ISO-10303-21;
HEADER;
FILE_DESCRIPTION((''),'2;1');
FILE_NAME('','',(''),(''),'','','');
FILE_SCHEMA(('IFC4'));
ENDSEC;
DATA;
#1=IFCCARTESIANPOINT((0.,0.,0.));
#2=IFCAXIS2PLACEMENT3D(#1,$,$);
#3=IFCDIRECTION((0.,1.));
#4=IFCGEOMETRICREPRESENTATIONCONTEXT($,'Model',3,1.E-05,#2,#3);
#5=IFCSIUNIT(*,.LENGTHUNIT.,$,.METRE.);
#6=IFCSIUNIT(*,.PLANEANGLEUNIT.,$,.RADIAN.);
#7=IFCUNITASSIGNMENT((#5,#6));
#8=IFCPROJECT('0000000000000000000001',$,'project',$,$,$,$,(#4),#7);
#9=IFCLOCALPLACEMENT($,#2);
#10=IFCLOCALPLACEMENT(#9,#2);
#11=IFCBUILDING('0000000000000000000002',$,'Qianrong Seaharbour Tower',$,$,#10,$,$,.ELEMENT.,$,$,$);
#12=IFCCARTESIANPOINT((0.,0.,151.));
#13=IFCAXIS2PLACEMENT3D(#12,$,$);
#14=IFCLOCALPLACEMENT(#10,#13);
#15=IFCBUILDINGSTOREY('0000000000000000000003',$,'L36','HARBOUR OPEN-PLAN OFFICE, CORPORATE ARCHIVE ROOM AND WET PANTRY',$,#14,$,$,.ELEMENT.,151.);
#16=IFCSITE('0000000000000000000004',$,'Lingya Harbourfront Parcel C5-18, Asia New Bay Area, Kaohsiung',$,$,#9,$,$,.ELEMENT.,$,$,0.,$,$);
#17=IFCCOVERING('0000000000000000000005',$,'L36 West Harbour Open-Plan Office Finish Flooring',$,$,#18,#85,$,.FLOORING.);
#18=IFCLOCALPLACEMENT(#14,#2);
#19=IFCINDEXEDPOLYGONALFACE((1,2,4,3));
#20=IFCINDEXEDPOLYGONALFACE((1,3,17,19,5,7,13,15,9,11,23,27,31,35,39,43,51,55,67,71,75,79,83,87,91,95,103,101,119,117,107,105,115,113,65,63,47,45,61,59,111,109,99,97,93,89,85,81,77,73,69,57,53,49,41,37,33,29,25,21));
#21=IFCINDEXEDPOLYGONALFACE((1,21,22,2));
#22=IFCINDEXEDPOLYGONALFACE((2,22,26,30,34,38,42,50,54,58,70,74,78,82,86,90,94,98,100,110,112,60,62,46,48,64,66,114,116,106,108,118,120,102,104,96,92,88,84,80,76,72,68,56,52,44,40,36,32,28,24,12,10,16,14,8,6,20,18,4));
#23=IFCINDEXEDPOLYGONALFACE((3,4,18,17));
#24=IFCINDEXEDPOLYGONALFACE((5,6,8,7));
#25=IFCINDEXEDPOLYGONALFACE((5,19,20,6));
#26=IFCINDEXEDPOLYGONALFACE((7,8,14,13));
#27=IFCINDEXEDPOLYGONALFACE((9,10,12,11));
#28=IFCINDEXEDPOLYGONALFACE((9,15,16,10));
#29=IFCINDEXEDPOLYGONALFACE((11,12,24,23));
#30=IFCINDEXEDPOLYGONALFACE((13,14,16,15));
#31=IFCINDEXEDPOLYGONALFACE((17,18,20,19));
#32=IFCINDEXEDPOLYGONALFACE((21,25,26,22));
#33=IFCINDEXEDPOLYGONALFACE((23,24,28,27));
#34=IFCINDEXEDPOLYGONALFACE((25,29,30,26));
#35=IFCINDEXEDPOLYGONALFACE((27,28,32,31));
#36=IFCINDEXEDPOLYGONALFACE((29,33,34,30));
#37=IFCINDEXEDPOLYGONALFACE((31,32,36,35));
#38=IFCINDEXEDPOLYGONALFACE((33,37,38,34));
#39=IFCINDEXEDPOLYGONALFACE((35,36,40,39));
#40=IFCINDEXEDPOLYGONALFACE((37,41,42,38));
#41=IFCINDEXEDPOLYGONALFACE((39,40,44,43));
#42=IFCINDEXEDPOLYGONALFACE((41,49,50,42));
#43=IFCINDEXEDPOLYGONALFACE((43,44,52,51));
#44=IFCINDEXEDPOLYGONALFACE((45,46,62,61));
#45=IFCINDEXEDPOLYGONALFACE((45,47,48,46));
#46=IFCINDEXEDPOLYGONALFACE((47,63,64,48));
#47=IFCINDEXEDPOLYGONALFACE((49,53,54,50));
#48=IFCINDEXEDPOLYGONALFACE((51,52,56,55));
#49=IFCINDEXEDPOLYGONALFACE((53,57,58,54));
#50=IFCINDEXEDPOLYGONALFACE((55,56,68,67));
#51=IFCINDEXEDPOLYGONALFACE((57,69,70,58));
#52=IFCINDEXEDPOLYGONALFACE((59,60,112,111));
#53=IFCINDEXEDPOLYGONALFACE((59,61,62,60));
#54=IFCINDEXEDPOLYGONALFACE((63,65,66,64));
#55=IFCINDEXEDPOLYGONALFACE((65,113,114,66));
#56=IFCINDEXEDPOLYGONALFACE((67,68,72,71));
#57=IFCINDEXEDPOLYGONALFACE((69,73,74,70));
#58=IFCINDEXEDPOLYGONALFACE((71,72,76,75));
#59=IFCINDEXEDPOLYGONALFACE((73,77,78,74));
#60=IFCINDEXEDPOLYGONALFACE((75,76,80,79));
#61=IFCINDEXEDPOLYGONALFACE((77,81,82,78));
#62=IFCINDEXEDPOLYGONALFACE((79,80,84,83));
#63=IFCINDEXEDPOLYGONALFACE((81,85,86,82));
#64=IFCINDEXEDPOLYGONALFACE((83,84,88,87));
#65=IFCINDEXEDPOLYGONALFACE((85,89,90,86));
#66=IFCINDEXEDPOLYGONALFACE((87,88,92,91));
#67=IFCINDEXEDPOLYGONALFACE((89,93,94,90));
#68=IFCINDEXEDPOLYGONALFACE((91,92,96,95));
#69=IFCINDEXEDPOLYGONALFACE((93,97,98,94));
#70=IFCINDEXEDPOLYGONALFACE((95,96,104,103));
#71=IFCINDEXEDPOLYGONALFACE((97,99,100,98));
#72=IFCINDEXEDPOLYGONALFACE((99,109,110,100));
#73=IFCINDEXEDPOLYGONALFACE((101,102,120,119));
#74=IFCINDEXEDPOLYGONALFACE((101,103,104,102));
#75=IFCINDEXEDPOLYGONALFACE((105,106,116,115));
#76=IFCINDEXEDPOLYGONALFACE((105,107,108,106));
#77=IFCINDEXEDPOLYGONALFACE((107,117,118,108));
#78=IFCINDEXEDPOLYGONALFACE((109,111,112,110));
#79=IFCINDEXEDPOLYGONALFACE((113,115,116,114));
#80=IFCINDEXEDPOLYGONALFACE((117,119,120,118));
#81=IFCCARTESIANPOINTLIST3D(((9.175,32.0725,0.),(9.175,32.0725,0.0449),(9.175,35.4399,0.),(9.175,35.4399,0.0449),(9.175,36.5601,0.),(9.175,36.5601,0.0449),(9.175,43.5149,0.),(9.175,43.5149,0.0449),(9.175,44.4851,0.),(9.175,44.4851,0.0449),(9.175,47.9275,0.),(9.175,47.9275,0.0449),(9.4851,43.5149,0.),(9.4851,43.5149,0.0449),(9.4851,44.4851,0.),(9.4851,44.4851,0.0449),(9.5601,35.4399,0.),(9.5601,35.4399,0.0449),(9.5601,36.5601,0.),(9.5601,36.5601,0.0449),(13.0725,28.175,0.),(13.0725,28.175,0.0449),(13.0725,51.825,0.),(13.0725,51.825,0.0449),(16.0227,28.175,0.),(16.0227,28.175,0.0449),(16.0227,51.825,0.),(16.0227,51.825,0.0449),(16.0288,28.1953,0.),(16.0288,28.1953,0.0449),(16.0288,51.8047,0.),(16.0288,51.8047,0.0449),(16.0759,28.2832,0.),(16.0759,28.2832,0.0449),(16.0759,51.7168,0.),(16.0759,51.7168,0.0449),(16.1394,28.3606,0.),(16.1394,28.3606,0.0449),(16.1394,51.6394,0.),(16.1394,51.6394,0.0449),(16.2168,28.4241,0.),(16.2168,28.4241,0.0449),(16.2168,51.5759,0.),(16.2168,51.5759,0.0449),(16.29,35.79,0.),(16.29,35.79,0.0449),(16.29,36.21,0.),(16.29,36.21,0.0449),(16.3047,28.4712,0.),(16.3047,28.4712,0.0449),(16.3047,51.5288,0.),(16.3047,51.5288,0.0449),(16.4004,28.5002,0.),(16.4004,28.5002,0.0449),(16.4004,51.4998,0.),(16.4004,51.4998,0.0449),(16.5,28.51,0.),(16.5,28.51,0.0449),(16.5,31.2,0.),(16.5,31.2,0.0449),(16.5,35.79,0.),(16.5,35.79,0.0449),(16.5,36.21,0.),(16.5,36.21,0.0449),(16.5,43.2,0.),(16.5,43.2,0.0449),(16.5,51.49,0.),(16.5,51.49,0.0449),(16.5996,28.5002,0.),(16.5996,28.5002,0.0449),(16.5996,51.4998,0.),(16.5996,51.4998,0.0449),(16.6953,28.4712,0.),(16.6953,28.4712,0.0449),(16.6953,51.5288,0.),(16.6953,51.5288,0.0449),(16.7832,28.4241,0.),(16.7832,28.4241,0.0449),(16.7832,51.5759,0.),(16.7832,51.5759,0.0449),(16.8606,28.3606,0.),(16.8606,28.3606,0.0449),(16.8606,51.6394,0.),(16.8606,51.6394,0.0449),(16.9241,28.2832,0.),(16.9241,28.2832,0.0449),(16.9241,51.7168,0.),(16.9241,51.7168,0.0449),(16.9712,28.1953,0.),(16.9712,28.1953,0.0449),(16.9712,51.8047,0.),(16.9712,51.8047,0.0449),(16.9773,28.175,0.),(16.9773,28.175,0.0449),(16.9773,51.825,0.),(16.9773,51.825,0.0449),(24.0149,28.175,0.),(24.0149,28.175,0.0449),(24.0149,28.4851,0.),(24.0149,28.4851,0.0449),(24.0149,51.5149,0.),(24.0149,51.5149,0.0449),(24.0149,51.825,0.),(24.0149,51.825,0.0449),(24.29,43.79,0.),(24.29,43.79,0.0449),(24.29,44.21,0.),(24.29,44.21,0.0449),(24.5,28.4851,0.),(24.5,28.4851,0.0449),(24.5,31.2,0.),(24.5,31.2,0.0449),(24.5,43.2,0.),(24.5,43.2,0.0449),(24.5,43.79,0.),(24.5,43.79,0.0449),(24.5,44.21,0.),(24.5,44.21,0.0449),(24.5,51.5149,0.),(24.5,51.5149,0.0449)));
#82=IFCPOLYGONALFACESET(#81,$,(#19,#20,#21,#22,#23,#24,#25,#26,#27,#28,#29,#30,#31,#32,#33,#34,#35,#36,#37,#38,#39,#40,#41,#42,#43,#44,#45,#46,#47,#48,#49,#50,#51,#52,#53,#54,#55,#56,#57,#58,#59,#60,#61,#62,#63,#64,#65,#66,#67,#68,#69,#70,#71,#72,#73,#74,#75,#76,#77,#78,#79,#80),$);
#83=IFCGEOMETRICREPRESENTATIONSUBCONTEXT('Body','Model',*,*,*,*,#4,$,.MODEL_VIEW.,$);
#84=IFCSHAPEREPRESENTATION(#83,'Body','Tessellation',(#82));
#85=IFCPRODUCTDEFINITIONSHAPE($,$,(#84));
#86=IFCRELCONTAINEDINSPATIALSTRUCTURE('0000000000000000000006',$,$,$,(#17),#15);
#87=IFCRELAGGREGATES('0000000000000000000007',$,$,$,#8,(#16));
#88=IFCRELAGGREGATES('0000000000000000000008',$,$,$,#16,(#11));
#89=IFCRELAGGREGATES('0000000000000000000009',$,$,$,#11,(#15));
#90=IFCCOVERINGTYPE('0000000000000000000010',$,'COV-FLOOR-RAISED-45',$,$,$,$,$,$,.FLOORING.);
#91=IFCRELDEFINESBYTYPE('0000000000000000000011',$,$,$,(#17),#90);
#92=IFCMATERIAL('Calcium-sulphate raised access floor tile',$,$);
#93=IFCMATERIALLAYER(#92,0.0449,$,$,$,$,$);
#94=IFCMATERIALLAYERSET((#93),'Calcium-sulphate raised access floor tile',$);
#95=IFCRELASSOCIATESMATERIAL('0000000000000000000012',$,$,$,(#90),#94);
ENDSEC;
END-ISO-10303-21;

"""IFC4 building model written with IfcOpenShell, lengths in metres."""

from ifc_helpers import new_model, si_unit, direction, frame, origin, place, context, subcontext, project, spatial, polyline, outline, extrude, material, layer, layer_set, type_object, element, save


model = new_model("IFC4")

# Units and contexts
model_context = context("Model", 3, precision=1e-05, world=origin(), true_north=direction((0.0, 1.0)))
body_context = subcontext(model_context, "Body", "Model", "MODEL_VIEW")
ifc_project = project(units=[si_unit("LENGTHUNIT", "METRE"), si_unit("PLANEANGLEUNIT", "RADIAN")], contexts=[model_context])

# Site, building, storey
site_placement = place(None, origin())
site = spatial("IfcSite", under=ifc_project, at=site_placement, Name="Lingya Harbourfront Parcel C5-18, Asia New Bay Area, Kaohsiung", CompositionType="ELEMENT", RefElevation=0.0)
building_placement = place(site_placement, origin())
building = spatial("IfcBuilding", under=site, at=building_placement, Name="Qianrong Seaharbour Tower", CompositionType="ELEMENT")
storey_placement = place(building_placement, frame((0.0, 0.0, 151.0)))
storey = spatial("IfcBuildingStorey", under=building, at=storey_placement, Name="L36", Description="HARBOUR OPEN-PLAN OFFICE, CORPORATE ARCHIVE ROOM AND WET PANTRY", CompositionType="ELEMENT", Elevation=151.0)

# Covering
ifc_material_1 = material(Name="Calcium-sulphate raised access floor tile")
ifc_layer_1 = layer(ifc_material_1, 0.0449)
ifc_layer_set_1 = layer_set([ifc_layer_1], Name="Calcium-sulphate raised access floor tile")
covering_type_1 = type_object("IfcCoveringType", Name="COV-FLOOR-RAISED-45", PredefinedType="FLOORING", material=ifc_layer_set_1)
covering_1_placement = place(storey_placement, origin())
element("IfcCovering", 1, at=covering_1_placement, inside=storey, type_object=covering_type_1, Name="L36 West Harbour Open-Plan Office Finish Flooring", PredefinedType="FLOORING", context=body_context, shape_type="SweptSolid", body=[
    extrude(outline(polyline([(9.175, 32.0725), (9.175, 35.4399), (9.5601, 35.4399), (9.5601, 36.5601), (9.175, 36.5601), (9.175, 43.5149), (9.4851, 43.5149), (9.4851, 44.4851), (9.175, 44.4851), (9.175, 47.9275), (13.0725, 51.825), (16.0227, 51.825), (16.0288, 51.8047), (16.0759, 51.7168), (16.1394, 51.6394), (16.2168, 51.5759), (16.3047, 51.5288), (16.4004, 51.4998), (16.5, 51.49), (16.5996, 51.4998), (16.6953, 51.5288), (16.7832, 51.5759), (16.8606, 51.6394), (16.9241, 51.7168), (16.9712, 51.8047), (16.9773, 51.825), (24.0149, 51.825), (24.0149, 51.5149), (24.5, 51.5149), (24.5, 44.21), (24.29, 44.21), (24.29, 43.79), (24.5, 43.79), (24.5, 43.2), (16.5, 43.2), (16.5, 36.21), (16.29, 36.21), (16.29, 35.79), (16.5, 35.79), (16.5, 31.2), (24.5, 31.2), (24.5, 28.4851), (24.0149, 28.4851), (24.0149, 28.175), (16.9773, 28.175), (16.9712, 28.1953), (16.9241, 28.2832), (16.8606, 28.3606), (16.7832, 28.4241), (16.6953, 28.4712), (16.5996, 28.5002), (16.5, 28.51), (16.4004, 28.5002), (16.3047, 28.4712), (16.2168, 28.4241), (16.1394, 28.3606), (16.0759, 28.2832), (16.0288, 28.1953), (16.0227, 28.175), (13.0725, 28.175), (9.175, 32.0725)])), origin(), (0.0, 0.0, 1.0), 0.0449),
])

save(model, "model.ifc")
